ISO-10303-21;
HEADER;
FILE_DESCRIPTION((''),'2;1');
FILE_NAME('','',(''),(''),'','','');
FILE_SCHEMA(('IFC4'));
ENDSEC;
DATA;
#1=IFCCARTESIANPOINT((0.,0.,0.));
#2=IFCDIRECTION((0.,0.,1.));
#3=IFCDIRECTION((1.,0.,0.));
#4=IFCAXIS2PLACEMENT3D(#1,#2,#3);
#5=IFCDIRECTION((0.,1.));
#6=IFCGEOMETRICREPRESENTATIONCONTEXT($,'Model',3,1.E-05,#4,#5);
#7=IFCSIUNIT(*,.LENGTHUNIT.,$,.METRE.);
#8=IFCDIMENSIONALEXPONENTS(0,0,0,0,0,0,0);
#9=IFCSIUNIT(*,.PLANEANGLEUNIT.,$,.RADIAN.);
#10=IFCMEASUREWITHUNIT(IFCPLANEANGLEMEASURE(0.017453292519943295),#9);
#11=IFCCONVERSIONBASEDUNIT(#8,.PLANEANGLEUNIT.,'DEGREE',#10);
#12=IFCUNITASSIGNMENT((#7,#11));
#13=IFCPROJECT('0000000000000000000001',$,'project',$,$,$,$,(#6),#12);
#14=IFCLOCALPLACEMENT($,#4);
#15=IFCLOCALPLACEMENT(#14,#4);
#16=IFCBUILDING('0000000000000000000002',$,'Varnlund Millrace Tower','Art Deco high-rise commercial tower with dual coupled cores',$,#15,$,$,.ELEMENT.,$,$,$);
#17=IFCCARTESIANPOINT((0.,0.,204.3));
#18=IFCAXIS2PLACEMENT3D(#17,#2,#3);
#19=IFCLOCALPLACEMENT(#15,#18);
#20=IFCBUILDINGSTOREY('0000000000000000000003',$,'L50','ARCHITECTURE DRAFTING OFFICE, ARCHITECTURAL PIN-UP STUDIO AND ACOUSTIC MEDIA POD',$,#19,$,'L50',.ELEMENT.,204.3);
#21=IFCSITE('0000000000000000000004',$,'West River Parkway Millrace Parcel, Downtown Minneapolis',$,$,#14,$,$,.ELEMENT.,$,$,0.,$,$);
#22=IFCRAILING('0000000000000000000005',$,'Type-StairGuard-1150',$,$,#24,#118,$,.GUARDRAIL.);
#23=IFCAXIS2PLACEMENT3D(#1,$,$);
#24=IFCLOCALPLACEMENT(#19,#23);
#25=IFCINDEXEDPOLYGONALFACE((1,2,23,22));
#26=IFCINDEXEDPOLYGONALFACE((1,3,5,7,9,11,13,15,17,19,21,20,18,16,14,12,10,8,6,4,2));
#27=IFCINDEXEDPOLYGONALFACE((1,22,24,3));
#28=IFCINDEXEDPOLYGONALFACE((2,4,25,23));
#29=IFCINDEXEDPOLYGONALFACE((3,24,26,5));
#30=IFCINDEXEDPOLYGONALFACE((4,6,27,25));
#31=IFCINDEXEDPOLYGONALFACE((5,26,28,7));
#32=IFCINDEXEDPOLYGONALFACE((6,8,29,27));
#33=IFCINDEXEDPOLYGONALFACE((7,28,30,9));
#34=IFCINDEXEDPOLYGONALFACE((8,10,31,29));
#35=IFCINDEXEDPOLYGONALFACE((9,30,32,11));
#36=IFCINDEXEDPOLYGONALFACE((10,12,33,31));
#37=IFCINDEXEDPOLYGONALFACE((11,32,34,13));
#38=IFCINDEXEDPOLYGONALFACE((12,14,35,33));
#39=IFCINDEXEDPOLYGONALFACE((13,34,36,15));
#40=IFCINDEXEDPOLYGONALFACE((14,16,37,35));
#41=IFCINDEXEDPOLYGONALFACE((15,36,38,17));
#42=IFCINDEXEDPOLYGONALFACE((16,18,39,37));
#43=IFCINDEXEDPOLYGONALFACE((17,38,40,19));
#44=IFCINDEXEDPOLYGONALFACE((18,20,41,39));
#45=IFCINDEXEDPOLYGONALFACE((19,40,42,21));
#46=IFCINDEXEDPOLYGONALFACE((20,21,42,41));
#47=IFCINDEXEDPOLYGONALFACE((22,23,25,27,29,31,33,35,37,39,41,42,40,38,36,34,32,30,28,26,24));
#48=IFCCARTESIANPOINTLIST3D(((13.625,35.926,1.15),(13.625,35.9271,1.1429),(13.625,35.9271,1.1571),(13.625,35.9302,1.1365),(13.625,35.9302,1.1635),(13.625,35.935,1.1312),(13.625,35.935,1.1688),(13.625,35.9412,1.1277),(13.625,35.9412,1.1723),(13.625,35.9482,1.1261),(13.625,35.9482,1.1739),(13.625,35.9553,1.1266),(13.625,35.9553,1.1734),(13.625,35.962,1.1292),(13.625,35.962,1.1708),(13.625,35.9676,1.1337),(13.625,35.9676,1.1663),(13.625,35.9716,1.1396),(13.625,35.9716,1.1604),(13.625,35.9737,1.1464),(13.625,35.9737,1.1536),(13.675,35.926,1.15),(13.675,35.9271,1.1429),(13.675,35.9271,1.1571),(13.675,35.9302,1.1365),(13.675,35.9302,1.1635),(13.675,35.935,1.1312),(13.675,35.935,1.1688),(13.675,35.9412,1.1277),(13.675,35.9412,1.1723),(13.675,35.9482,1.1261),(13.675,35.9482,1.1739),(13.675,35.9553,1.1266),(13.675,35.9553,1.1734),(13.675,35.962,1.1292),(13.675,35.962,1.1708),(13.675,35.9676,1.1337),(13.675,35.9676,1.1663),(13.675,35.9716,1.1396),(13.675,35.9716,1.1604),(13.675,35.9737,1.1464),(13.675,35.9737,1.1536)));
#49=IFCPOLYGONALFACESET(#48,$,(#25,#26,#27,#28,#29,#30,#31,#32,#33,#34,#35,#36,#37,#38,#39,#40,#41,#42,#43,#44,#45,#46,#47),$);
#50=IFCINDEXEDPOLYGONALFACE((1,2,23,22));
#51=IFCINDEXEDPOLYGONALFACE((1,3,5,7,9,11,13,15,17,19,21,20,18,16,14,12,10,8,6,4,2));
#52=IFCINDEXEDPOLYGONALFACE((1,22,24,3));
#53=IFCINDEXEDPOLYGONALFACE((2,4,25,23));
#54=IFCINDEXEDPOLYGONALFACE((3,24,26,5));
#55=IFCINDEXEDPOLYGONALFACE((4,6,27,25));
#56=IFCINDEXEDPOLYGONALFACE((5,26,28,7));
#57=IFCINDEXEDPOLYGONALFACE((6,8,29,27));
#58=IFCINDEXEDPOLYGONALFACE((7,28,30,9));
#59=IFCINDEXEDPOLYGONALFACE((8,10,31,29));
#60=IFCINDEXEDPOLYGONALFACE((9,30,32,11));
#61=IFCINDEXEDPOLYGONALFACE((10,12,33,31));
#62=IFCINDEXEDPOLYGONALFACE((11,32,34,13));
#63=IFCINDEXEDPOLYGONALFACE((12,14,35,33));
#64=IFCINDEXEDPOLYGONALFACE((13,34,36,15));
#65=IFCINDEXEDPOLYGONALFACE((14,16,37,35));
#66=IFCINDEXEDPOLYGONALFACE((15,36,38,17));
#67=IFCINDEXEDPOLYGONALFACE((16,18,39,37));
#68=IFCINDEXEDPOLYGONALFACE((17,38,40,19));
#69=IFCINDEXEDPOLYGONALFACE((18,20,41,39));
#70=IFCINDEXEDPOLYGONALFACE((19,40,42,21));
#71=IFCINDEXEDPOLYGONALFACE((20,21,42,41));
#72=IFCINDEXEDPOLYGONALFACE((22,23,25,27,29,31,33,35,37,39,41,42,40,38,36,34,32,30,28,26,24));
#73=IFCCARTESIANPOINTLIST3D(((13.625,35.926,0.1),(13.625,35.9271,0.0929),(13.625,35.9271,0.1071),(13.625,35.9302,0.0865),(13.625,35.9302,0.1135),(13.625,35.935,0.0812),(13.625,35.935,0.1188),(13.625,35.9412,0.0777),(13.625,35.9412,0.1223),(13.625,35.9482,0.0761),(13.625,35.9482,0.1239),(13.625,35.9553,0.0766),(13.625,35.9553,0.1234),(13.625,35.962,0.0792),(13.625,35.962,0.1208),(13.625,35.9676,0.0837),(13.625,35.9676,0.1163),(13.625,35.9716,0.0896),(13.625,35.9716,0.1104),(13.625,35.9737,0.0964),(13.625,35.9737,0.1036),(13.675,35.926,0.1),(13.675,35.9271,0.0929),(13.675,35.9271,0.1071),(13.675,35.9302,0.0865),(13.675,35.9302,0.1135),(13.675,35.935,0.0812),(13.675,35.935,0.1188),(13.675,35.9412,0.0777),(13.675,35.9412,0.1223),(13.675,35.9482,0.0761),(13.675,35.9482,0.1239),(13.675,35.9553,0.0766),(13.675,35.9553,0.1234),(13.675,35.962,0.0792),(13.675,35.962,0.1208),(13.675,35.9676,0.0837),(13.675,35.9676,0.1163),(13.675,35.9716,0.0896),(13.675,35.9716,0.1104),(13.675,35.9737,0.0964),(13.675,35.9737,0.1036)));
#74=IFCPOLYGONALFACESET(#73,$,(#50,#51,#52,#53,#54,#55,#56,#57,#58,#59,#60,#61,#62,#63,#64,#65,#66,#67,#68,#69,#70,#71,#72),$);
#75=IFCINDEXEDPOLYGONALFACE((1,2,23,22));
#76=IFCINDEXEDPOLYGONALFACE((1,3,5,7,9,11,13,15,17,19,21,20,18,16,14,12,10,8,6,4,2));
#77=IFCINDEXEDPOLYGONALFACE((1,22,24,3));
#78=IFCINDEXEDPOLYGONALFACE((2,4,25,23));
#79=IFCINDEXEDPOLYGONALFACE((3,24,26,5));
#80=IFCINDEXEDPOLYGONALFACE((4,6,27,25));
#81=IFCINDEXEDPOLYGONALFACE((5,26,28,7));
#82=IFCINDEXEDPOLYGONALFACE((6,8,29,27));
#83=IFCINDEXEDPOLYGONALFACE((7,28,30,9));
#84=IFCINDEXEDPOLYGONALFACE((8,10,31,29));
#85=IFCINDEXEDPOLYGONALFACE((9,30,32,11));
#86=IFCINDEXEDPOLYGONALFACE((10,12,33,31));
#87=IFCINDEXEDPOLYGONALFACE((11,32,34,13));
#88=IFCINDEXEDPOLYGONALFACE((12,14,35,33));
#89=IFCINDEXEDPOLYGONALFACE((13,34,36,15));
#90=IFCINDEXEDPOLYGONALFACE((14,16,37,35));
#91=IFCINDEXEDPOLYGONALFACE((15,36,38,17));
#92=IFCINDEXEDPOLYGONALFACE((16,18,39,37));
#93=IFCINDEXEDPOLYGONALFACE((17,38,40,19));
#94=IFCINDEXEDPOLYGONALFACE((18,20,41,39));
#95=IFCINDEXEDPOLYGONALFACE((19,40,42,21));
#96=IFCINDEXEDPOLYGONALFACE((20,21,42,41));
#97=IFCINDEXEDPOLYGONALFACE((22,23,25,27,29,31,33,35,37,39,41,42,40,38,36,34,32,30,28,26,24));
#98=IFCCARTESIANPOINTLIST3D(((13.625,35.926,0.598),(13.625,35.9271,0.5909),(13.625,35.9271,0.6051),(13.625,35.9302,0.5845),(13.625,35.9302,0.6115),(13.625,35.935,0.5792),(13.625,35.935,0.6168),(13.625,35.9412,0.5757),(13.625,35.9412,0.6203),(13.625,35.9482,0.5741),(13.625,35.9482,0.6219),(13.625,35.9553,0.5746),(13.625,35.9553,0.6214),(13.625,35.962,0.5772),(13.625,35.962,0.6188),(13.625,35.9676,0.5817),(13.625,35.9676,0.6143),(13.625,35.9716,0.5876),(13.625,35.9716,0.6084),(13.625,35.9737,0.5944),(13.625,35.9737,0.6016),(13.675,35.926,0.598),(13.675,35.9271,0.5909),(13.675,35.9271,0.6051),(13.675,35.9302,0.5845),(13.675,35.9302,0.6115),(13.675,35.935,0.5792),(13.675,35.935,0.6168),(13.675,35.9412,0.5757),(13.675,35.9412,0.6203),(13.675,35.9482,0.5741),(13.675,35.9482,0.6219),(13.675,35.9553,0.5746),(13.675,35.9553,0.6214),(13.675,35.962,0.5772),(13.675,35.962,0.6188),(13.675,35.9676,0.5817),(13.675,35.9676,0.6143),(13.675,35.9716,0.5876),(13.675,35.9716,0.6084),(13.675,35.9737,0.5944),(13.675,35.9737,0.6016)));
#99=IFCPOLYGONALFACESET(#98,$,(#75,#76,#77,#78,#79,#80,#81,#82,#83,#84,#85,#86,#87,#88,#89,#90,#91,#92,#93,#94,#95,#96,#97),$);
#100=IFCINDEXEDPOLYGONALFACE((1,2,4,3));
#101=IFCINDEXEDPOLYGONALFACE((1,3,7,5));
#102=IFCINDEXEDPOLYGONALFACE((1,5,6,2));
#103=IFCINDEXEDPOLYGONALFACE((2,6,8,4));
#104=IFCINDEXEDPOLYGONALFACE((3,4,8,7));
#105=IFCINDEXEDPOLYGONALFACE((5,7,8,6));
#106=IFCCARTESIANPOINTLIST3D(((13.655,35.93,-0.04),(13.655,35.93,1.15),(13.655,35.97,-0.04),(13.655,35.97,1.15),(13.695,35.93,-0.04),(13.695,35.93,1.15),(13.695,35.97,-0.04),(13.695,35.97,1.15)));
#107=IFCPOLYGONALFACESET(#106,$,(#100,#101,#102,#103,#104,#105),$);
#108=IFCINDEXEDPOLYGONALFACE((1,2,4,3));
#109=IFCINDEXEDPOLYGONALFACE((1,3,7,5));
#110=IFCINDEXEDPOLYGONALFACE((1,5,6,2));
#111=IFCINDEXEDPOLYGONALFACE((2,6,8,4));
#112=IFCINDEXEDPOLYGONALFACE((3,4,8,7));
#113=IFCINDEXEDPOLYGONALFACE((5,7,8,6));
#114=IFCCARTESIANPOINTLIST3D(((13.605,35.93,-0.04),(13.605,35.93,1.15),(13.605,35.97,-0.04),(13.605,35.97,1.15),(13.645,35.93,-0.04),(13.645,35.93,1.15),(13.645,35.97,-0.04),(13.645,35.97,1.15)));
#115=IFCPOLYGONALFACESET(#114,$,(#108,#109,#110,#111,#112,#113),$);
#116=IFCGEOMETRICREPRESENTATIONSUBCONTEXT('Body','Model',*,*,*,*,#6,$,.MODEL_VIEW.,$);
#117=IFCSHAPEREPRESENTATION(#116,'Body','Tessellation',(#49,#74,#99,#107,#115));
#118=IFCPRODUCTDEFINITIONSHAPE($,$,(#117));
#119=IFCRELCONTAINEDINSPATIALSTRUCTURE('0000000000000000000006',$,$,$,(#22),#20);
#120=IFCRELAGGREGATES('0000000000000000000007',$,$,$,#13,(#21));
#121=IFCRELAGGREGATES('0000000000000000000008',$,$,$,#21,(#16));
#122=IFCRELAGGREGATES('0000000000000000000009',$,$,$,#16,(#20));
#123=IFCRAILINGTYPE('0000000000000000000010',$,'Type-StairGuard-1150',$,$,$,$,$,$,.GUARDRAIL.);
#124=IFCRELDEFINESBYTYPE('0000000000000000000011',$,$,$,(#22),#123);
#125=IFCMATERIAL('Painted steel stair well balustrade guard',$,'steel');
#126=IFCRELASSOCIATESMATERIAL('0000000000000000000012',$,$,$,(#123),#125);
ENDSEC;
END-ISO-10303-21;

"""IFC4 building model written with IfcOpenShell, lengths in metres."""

from ifc_helpers import new_model, entity, si_unit, converted_unit, direction, frame, origin_with_axes, origin_2d_with_axis, place, context, subcontext, project, spatial, rectangle, circle, extrude, material, type_object, element, save


model = new_model("IFC4")

# Units and contexts
model_context = context("Model", 3, precision=1e-05, world=origin_with_axes(), true_north=direction((0.0, 1.0)))
body_context = subcontext(model_context, "Body", "Model", "MODEL_VIEW")
ifc_project = project(units=[si_unit("LENGTHUNIT", "METRE"), converted_unit("PLANEANGLEUNIT", "DEGREE", entity("IfcPlaneAngleMeasure", 0.017453292519943295), si_unit("PLANEANGLEUNIT", "RADIAN"), dimensions=[0, 0, 0, 0, 0, 0, 0])], contexts=[model_context])

# Site, building, storey
site_placement = place(None, origin_with_axes())
site = spatial("IfcSite", under=ifc_project, at=site_placement, Name="West River Parkway Millrace Parcel, Downtown Minneapolis", CompositionType="ELEMENT", RefElevation=0.0)
building_placement = place(site_placement, origin_with_axes())
building = spatial("IfcBuilding", under=site, at=building_placement, Name="Varnlund Millrace Tower", Description="Art Deco high-rise commercial tower with dual coupled cores", CompositionType="ELEMENT")
storey_placement = place(building_placement, frame((0.0, 0.0, 204.3), z_axis=(0.0, 0.0, 1.0), x_axis=(1.0, 0.0, 0.0)))
storey = spatial("IfcBuildingStorey", under=building, at=storey_placement, Name="L50", Description="ARCHITECTURE DRAFTING OFFICE, ARCHITECTURAL PIN-UP STUDIO AND ACOUSTIC MEDIA POD", LongName="L50", CompositionType="ELEMENT", Elevation=204.3)

# Railing
ifc_material_1 = material(Name="Painted steel stair well balustrade guard", Category="steel")
railing_type_1 = type_object("IfcRailingType", Name="Type-StairGuard-1150", PredefinedType="GUARDRAIL", material=ifc_material_1)
railing_1_placement = place(storey_placement, frame((0.0, 0.0, -204.3), z_axis=(0.0, 0.0, 1.0), x_axis=(1.0, 0.0, 0.0)))
element("IfcRailing", 1, at=railing_1_placement, inside=storey, type_object=railing_type_1, Name="Type-StairGuard-1150", PredefinedType="GUARDRAIL", context=body_context, shape_type="SweptSolid", body=[
    extrude(circle(Radius=0.024, at=origin_2d_with_axis()), frame((13.675, 35.95, 205.45), z_axis=(-1.0, 0.0, 0.0), x_axis=(0.0, -1.0, 0.0)), (0.0, 0.0, 1.0), 0.05),
    extrude(circle(Radius=0.024, at=origin_2d_with_axis()), frame((13.675, 35.95, 204.4), z_axis=(-1.0, 0.0, 0.0), x_axis=(0.0, -1.0, 0.0)), (0.0, 0.0, 1.0), 0.05),
    extrude(circle(Radius=0.024, at=origin_2d_with_axis()), frame((13.675, 35.95, 204.898), z_axis=(-1.0, 0.0, 0.0), x_axis=(0.0, -1.0, 0.0)), (0.0, 0.0, 1.0), 0.05),
    extrude(rectangle(XDim=0.04, YDim=0.04, at=origin_2d_with_axis()), frame((13.675, 35.95, 204.26), z_axis=(0.0, 0.0, 1.0), x_axis=(1.0, 0.0, 0.0)), (0.0, 0.0, 1.0), 1.19),
    extrude(rectangle(XDim=0.04, YDim=0.04, at=origin_2d_with_axis()), frame((13.625, 35.95, 204.26), z_axis=(0.0, 0.0, 1.0), x_axis=(1.0, 0.0, 0.0)), (0.0, 0.0, 1.0), 1.19),
])

save(model, "model.ifc")
